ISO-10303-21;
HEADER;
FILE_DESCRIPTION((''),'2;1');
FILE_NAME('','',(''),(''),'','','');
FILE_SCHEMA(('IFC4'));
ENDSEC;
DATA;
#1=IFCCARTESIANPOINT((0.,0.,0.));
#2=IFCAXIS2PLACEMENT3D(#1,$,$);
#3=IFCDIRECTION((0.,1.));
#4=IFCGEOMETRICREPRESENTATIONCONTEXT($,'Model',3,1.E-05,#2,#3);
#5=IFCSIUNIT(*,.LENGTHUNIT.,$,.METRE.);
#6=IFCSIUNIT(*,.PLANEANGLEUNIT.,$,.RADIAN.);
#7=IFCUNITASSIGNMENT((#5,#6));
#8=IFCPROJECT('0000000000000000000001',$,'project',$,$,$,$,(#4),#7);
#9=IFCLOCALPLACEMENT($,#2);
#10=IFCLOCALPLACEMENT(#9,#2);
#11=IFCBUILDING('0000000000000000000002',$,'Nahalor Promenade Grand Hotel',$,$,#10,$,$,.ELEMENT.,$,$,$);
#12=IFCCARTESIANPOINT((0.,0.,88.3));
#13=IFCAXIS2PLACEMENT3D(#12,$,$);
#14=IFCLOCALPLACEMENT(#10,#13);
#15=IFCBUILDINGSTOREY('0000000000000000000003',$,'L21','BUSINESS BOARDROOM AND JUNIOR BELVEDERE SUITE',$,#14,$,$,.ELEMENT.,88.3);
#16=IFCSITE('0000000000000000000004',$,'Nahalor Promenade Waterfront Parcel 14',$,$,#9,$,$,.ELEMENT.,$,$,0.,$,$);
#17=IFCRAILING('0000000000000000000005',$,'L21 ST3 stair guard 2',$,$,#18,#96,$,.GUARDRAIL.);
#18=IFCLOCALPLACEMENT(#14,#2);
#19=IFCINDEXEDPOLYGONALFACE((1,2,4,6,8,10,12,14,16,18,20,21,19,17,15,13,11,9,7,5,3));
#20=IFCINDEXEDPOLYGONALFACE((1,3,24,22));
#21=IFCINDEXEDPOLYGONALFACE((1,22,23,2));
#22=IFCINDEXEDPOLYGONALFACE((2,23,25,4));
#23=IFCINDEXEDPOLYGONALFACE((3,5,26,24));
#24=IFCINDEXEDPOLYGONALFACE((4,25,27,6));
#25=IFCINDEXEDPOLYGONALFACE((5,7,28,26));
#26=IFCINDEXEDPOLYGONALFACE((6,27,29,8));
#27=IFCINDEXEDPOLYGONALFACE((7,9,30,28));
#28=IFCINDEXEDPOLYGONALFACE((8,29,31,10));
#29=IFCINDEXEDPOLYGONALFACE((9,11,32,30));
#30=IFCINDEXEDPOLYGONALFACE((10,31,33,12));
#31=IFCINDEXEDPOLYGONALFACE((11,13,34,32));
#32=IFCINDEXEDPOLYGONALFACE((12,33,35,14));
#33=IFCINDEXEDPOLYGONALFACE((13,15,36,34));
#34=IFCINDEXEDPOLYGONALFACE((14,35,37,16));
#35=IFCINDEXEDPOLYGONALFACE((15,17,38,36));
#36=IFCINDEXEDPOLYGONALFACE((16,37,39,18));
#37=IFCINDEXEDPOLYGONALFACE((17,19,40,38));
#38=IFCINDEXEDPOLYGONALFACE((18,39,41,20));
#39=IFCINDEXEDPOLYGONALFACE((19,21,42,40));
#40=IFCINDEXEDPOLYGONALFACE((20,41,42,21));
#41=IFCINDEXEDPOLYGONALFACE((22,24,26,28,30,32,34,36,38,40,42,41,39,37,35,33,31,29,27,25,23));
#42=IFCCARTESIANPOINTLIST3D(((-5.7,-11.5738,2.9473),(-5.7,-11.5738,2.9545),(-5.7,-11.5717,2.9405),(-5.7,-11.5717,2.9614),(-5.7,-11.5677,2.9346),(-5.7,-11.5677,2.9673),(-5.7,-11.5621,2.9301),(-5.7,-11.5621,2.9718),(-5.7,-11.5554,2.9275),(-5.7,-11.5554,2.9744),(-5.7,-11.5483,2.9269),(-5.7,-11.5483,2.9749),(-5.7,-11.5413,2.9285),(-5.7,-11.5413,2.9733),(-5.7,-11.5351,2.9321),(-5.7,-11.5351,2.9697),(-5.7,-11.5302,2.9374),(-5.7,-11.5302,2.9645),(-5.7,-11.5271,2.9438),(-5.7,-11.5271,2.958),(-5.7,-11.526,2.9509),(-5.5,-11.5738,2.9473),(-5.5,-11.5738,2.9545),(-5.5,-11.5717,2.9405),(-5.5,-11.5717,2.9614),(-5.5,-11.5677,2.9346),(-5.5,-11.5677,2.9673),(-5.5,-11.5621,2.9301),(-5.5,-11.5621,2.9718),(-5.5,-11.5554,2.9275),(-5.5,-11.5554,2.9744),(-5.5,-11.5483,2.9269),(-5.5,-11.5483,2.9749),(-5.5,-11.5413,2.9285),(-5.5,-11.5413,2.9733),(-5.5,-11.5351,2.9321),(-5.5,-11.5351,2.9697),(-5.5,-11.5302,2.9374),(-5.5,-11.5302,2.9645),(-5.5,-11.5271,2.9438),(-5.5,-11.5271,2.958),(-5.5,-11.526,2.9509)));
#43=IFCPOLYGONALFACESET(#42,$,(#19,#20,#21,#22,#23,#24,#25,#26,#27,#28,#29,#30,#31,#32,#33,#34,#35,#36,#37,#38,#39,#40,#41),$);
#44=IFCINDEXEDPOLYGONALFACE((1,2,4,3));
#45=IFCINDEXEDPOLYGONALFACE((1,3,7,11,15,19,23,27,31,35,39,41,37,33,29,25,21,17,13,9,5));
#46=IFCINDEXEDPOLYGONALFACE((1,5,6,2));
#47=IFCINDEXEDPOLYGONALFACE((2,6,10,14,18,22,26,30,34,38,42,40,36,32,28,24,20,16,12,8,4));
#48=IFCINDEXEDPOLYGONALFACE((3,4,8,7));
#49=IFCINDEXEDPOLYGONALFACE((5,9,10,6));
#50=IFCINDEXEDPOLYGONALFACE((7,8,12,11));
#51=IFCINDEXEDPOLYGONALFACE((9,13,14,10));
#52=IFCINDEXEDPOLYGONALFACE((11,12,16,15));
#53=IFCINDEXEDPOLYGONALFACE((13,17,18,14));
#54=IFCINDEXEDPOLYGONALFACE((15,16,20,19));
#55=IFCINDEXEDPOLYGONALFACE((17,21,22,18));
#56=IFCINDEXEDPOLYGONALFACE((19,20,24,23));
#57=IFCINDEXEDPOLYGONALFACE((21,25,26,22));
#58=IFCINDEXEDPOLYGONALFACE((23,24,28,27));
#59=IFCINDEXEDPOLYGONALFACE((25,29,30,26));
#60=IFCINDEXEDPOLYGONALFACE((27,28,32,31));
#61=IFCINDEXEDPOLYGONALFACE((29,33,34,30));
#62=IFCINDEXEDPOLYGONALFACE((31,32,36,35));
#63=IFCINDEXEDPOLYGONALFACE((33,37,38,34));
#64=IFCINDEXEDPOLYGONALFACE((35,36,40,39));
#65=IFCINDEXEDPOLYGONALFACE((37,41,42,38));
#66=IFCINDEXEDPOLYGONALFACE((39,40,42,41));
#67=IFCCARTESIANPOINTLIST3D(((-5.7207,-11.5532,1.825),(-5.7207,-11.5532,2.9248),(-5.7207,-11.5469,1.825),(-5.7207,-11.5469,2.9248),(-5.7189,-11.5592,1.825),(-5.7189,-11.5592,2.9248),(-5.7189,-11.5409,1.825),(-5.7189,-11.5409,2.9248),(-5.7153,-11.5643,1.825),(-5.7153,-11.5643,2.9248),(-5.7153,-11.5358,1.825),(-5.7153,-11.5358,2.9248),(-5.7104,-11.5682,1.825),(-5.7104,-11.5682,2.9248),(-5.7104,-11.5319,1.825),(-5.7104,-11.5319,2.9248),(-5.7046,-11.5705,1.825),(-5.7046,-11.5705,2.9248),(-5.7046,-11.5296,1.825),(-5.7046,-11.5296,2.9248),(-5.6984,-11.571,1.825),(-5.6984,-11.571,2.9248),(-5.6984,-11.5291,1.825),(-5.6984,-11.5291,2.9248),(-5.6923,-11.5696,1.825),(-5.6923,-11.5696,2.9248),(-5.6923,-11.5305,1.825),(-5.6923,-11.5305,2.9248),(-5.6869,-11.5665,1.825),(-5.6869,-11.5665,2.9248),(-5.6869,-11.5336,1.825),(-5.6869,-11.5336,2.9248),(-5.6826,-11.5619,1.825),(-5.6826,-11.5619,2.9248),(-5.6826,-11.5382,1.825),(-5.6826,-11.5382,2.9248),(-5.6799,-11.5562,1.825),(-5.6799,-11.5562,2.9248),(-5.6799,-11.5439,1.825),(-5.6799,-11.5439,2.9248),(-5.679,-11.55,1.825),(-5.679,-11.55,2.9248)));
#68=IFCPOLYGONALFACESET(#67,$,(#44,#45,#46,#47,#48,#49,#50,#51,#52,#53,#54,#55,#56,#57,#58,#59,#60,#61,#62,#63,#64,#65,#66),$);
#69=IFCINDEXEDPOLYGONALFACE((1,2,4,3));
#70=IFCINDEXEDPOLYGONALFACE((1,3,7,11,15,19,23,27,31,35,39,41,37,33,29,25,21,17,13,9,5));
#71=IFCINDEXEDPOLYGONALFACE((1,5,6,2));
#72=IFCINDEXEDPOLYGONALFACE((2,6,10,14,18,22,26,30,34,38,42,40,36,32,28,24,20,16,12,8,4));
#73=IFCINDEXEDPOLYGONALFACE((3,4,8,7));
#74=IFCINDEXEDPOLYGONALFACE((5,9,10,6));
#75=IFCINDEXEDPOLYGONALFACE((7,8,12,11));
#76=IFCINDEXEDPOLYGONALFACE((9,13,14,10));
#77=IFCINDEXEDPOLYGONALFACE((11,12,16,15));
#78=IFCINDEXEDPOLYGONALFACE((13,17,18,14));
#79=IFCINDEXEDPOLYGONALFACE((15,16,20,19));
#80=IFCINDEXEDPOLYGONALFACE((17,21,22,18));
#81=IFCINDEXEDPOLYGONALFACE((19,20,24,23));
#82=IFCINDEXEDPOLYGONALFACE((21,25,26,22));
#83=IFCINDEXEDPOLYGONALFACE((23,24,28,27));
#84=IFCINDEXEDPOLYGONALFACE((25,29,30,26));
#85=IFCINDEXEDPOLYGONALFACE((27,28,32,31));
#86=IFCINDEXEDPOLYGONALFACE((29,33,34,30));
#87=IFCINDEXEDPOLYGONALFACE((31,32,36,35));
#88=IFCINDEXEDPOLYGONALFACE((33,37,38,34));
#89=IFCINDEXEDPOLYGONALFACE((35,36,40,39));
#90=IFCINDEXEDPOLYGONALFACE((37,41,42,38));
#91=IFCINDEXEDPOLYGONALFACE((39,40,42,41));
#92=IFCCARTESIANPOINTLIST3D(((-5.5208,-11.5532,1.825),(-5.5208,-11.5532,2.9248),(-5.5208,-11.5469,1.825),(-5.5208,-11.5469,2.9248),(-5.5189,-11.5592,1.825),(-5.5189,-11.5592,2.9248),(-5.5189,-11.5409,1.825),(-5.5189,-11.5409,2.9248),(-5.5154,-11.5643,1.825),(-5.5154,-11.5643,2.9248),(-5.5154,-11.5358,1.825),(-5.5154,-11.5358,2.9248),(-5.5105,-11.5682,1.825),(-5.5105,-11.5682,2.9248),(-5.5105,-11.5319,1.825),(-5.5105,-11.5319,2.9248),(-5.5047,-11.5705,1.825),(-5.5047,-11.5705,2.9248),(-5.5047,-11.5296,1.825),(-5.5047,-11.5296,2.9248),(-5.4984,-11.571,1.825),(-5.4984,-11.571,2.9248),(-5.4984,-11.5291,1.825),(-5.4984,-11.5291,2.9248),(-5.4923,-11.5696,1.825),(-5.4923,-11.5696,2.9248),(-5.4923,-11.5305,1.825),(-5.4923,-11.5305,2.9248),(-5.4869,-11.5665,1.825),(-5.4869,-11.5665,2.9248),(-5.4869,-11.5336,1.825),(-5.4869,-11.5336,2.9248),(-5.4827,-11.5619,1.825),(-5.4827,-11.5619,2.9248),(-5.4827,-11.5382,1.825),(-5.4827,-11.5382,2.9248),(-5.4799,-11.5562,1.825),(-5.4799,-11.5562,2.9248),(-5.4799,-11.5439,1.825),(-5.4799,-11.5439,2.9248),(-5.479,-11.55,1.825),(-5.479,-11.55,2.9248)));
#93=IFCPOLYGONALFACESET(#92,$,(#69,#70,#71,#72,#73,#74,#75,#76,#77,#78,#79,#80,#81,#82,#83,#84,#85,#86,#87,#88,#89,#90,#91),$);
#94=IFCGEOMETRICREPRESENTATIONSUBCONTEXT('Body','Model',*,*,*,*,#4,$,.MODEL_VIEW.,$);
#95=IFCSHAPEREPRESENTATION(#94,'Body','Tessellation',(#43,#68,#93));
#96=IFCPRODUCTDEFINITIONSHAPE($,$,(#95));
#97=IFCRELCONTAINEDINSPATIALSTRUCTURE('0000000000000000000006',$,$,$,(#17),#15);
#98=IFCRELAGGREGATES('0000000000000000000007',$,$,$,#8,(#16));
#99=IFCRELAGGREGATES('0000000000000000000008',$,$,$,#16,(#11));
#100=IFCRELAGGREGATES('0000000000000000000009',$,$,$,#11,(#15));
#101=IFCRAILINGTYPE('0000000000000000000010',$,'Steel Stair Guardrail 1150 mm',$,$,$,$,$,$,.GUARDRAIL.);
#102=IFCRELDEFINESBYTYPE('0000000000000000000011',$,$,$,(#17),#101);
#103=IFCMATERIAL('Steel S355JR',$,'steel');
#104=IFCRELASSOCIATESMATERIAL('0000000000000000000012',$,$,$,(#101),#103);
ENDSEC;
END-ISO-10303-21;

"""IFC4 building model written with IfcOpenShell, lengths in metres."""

from ifc_helpers import new_model, si_unit, direction, frame, origin, origin_2d, place, context, subcontext, project, spatial, circle, extrude, material, type_object, element, save


model = new_model("IFC4")

# Units and contexts
model_context = context("Model", 3, precision=1e-05, world=origin(), true_north=direction((0.0, 1.0)))
body_context = subcontext(model_context, "Body", "Model", "MODEL_VIEW")
ifc_project = project(units=[si_unit("LENGTHUNIT", "METRE"), si_unit("PLANEANGLEUNIT", "RADIAN")], contexts=[model_context])

# Site, building, storey
site_placement = place(None, origin())
site = spatial("IfcSite", under=ifc_project, at=site_placement, Name="Nahalor Promenade Waterfront Parcel 14", CompositionType="ELEMENT", RefElevation=0.0)
building_placement = place(site_placement, origin())
building = spatial("IfcBuilding", under=site, at=building_placement, Name="Nahalor Promenade Grand Hotel", CompositionType="ELEMENT")
storey_placement = place(building_placement, frame((0.0, 0.0, 88.3)))
storey = spatial("IfcBuildingStorey", under=building, at=storey_placement, Name="L21", Description="BUSINESS BOARDROOM AND JUNIOR BELVEDERE SUITE", CompositionType="ELEMENT", Elevation=88.3)

# Shared definitions
ifc_material_1 = material(Name="Steel S355JR", Category="steel")

# Railing
railing_type_1 = type_object("IfcRailingType", Name="Steel Stair Guardrail 1150 mm", PredefinedType="GUARDRAIL", material=ifc_material_1)
railing_1_placement = place(storey_placement, frame((-5.7, -11.55, 1.825)))
element("IfcRailing", 1, at=railing_1_placement, inside=storey, type_object=railing_type_1, Name="L21 ST3 stair guard 2", PredefinedType="GUARDRAIL", context=body_context, shape_type="SweptSolid", body=[
    extrude(circle(Radius=0.024, at=origin_2d()), frame((0.0, 0.0, 1.126), z_axis=(1.0, 0.0, 0.0), x_axis=(0.0, 1.0, 0.0)), (0.0, 0.0, 1.0), 0.2),
    extrude(circle(Radius=0.021, at=origin_2d()), origin(), (0.0, 0.0, 1.0), 1.0999),
    extrude(circle(Radius=0.021, at=origin_2d()), frame((0.2, 0.0, 0.0)), (0.0, 0.0, 1.0), 1.0999),
])

save(model, "model.ifc")
